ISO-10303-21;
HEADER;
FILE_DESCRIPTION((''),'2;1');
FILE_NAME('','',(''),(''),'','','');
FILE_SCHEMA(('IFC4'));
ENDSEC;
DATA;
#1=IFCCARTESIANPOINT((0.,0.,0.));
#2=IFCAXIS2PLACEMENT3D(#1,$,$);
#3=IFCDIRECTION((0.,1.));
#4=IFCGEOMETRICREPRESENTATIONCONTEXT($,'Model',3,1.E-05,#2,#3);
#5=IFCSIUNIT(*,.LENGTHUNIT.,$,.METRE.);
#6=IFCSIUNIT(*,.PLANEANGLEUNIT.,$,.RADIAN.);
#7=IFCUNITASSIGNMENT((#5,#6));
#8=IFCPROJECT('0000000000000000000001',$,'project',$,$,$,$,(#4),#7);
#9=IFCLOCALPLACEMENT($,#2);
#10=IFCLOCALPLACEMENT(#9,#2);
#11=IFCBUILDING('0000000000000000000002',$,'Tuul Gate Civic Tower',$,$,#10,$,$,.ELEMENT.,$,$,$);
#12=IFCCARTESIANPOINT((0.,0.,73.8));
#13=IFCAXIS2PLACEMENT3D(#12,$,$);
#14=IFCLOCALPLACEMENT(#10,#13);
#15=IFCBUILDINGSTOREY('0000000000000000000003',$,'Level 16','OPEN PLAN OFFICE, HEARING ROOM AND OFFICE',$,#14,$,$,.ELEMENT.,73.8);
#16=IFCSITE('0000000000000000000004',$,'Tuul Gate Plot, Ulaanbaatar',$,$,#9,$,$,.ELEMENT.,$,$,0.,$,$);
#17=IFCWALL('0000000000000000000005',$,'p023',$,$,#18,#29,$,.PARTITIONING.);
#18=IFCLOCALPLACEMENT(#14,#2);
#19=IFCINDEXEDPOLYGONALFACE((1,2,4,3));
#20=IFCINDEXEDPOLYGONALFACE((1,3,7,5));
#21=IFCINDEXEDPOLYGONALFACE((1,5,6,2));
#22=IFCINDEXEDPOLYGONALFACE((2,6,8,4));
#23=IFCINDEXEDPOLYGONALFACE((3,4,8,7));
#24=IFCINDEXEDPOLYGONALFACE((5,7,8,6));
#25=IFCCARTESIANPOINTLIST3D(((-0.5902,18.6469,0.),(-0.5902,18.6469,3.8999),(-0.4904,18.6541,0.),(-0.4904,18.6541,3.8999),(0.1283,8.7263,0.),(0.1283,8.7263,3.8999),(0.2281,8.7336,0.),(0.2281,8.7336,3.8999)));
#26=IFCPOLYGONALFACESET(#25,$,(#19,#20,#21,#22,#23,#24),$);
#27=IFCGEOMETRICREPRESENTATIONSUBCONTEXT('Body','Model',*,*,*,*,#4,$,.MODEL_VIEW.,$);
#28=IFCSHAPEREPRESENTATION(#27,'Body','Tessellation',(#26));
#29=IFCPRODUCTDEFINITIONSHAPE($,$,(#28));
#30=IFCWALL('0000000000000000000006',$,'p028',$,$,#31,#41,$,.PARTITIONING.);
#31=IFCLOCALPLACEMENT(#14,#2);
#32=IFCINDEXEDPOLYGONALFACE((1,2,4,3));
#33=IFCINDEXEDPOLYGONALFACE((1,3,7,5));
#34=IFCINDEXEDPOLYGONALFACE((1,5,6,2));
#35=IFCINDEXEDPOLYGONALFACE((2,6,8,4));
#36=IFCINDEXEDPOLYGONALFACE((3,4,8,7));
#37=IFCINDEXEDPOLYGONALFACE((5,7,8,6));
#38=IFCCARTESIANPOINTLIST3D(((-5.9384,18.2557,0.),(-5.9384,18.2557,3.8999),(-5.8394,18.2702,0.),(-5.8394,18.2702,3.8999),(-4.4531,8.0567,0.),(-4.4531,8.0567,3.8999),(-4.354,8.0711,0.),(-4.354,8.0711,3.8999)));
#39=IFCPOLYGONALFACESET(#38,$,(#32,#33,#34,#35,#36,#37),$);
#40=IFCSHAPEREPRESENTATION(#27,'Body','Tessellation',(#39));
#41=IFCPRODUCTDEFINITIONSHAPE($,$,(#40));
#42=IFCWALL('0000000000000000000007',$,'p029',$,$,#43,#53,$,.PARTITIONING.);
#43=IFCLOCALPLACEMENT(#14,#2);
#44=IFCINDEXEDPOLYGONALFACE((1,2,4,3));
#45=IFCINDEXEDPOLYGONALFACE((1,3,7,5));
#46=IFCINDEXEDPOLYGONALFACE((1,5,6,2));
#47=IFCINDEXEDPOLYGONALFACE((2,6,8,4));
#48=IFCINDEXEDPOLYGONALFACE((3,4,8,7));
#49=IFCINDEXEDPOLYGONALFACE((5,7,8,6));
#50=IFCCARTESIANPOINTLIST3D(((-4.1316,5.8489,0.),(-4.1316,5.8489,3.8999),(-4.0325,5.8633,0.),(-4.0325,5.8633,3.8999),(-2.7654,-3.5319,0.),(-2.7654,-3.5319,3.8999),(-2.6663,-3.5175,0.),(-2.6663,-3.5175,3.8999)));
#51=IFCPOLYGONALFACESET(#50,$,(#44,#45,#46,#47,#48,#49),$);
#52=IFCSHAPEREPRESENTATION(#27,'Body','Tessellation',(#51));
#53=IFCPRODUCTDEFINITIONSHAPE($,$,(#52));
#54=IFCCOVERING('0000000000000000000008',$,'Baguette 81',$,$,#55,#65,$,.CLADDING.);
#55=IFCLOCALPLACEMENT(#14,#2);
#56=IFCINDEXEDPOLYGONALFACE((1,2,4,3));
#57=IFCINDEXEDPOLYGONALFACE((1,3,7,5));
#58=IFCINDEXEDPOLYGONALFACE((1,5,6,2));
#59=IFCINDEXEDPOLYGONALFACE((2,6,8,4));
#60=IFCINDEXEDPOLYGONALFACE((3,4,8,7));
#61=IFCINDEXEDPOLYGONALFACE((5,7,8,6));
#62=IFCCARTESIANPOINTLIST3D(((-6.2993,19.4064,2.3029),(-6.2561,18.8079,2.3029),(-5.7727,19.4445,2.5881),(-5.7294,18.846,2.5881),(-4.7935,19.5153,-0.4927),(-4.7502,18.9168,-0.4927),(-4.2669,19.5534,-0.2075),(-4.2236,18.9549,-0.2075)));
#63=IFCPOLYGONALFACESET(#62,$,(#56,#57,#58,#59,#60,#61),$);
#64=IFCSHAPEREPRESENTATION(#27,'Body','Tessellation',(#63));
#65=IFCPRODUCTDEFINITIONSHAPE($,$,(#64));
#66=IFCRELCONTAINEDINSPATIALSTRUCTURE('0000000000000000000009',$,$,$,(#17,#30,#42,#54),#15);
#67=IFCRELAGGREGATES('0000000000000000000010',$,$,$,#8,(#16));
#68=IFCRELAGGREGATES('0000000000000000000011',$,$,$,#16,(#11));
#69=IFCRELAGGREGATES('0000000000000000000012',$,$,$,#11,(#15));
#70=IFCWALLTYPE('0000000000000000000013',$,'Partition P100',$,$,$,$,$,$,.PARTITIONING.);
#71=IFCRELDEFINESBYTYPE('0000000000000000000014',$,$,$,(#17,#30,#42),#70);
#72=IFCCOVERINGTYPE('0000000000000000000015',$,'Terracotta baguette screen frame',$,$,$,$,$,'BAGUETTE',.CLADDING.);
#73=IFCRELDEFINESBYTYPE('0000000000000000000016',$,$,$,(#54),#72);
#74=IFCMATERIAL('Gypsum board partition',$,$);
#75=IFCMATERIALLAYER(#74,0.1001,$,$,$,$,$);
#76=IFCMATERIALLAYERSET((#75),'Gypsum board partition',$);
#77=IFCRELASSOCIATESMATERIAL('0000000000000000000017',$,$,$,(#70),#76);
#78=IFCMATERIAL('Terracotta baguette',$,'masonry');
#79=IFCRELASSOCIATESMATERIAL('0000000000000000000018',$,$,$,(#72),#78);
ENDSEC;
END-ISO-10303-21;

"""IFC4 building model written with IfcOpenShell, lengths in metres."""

from ifc_helpers import new_model, si_unit, direction, frame, frame_2d, origin, origin_2d, place, context, subcontext, project, spatial, rectangle, extrude, material, layer, layer_set, material_profile, profile_set, type_object, element, save


model = new_model("IFC4")

# Units and contexts
model_context = context("Model", 3, precision=1e-05, world=origin(), true_north=direction((0.0, 1.0)))
body_context = subcontext(model_context, "Body", "Model", "MODEL_VIEW")
ifc_project = project(units=[si_unit("LENGTHUNIT", "METRE"), si_unit("PLANEANGLEUNIT", "RADIAN")], contexts=[model_context])

# Site, building, storey
site_placement = place(None, origin())
site = spatial("IfcSite", under=ifc_project, at=site_placement, Name="Tuul Gate Plot, Ulaanbaatar", CompositionType="ELEMENT", RefElevation=0.0)
building_placement = place(site_placement, origin())
building = spatial("IfcBuilding", under=site, at=building_placement, Name="Tuul Gate Civic Tower", CompositionType="ELEMENT")
storey_placement = place(building_placement, frame((0.0, 0.0, 73.8)))
storey = spatial("IfcBuildingStorey", under=building, at=storey_placement, Name="Level 16", Description="OPEN PLAN OFFICE, HEARING ROOM AND OFFICE", CompositionType="ELEMENT", Elevation=73.8)

# Walls
ifc_material_1 = material(Name="Gypsum board partition")
ifc_layer_1 = layer(ifc_material_1, 0.1001)
ifc_layer_set_1 = layer_set([ifc_layer_1], Name="Gypsum board partition")
wall_type_1 = type_object("IfcWallType", Name="Partition P100", PredefinedType="PARTITIONING", material=ifc_layer_set_1)
wall_1_placement = place(storey_placement, frame((-0.5403, 18.6504, 0.0), z_axis=(0.0, 0.0, 1.0), x_axis=(0.072236, -0.997388, 0.0)))
element("IfcWall", 1, at=wall_1_placement, inside=storey, type_object=wall_type_1, Name="p023", PredefinedType="PARTITIONING", context=body_context, shape_type="SweptSolid", body=[
    extrude(rectangle(XDim=9.9465, YDim=0.1001, at=frame_2d((4.9731, 0.0))), origin(), (0.0, 0.0, 1.0), 3.8999),
])
wall_2_placement = place(storey_placement, frame((-5.8889, 18.2629, 0.0), z_axis=(0.0, 0.0, 1.0), x_axis=(0.144117, -0.989561, 0.0)))
element("IfcWall", 2, at=wall_2_placement, inside=storey, type_object=wall_type_1, Name="p028", PredefinedType="PARTITIONING", context=body_context, shape_type="SweptSolid", body=[
    extrude(rectangle(XDim=10.3066, YDim=0.1001, at=frame_2d((5.1533, 0.0))), origin(), (0.0, 0.0, 1.0), 3.8999),
])
wall_3_placement = place(storey_placement, frame((-4.082, 5.856, 0.0), z_axis=(0.0, 0.0, 1.0), x_axis=(0.144118, -0.989561, 0.0)))
element("IfcWall", 3, at=wall_3_placement, inside=storey, type_object=wall_type_1, Name="p029", PredefinedType="PARTITIONING", context=body_context, shape_type="SweptSolid", body=[
    extrude(rectangle(XDim=9.4797, YDim=0.1001, at=frame_2d((4.7397, 0.0))), origin(), (0.0, 0.0, 1.0), 3.8999),
])

# Covering
ifc_material_2 = material(Name="Terracotta baguette", Category="masonry")
ifc_material_profile_1 = material_profile(ifc_material_2, rectangle(XDim=0.6001, YDim=0.6001, at=origin_2d()), Name="Terracotta baguette screen frame")
ifc_profile_set_1 = profile_set([ifc_material_profile_1], Name="Terracotta baguette")
covering_type = type_object("IfcCoveringType", Name="Terracotta baguette screen frame", ElementType="BAGUETTE", PredefinedType="CLADDING", material=ifc_profile_set_1)
covering_placement = place(storey_placement, frame((-4.5085, 19.2351, -0.3501), z_axis=(-0.473945, -0.03427, 0.879887), x_axis=(0.07212, -0.997396, 0.0)))
element("IfcCovering", 4, at=covering_placement, inside=storey, type_object=covering_type, Name="Baguette 81", PredefinedType="CLADDING", context=body_context, shape_type="SweptSolid", body=[
    extrude(rectangle(XDim=0.6001, YDim=0.6001, at=origin_2d()), origin(), (0.0, 0.0, 1.0), 3.1772),
])

save(model, "model.ifc")
